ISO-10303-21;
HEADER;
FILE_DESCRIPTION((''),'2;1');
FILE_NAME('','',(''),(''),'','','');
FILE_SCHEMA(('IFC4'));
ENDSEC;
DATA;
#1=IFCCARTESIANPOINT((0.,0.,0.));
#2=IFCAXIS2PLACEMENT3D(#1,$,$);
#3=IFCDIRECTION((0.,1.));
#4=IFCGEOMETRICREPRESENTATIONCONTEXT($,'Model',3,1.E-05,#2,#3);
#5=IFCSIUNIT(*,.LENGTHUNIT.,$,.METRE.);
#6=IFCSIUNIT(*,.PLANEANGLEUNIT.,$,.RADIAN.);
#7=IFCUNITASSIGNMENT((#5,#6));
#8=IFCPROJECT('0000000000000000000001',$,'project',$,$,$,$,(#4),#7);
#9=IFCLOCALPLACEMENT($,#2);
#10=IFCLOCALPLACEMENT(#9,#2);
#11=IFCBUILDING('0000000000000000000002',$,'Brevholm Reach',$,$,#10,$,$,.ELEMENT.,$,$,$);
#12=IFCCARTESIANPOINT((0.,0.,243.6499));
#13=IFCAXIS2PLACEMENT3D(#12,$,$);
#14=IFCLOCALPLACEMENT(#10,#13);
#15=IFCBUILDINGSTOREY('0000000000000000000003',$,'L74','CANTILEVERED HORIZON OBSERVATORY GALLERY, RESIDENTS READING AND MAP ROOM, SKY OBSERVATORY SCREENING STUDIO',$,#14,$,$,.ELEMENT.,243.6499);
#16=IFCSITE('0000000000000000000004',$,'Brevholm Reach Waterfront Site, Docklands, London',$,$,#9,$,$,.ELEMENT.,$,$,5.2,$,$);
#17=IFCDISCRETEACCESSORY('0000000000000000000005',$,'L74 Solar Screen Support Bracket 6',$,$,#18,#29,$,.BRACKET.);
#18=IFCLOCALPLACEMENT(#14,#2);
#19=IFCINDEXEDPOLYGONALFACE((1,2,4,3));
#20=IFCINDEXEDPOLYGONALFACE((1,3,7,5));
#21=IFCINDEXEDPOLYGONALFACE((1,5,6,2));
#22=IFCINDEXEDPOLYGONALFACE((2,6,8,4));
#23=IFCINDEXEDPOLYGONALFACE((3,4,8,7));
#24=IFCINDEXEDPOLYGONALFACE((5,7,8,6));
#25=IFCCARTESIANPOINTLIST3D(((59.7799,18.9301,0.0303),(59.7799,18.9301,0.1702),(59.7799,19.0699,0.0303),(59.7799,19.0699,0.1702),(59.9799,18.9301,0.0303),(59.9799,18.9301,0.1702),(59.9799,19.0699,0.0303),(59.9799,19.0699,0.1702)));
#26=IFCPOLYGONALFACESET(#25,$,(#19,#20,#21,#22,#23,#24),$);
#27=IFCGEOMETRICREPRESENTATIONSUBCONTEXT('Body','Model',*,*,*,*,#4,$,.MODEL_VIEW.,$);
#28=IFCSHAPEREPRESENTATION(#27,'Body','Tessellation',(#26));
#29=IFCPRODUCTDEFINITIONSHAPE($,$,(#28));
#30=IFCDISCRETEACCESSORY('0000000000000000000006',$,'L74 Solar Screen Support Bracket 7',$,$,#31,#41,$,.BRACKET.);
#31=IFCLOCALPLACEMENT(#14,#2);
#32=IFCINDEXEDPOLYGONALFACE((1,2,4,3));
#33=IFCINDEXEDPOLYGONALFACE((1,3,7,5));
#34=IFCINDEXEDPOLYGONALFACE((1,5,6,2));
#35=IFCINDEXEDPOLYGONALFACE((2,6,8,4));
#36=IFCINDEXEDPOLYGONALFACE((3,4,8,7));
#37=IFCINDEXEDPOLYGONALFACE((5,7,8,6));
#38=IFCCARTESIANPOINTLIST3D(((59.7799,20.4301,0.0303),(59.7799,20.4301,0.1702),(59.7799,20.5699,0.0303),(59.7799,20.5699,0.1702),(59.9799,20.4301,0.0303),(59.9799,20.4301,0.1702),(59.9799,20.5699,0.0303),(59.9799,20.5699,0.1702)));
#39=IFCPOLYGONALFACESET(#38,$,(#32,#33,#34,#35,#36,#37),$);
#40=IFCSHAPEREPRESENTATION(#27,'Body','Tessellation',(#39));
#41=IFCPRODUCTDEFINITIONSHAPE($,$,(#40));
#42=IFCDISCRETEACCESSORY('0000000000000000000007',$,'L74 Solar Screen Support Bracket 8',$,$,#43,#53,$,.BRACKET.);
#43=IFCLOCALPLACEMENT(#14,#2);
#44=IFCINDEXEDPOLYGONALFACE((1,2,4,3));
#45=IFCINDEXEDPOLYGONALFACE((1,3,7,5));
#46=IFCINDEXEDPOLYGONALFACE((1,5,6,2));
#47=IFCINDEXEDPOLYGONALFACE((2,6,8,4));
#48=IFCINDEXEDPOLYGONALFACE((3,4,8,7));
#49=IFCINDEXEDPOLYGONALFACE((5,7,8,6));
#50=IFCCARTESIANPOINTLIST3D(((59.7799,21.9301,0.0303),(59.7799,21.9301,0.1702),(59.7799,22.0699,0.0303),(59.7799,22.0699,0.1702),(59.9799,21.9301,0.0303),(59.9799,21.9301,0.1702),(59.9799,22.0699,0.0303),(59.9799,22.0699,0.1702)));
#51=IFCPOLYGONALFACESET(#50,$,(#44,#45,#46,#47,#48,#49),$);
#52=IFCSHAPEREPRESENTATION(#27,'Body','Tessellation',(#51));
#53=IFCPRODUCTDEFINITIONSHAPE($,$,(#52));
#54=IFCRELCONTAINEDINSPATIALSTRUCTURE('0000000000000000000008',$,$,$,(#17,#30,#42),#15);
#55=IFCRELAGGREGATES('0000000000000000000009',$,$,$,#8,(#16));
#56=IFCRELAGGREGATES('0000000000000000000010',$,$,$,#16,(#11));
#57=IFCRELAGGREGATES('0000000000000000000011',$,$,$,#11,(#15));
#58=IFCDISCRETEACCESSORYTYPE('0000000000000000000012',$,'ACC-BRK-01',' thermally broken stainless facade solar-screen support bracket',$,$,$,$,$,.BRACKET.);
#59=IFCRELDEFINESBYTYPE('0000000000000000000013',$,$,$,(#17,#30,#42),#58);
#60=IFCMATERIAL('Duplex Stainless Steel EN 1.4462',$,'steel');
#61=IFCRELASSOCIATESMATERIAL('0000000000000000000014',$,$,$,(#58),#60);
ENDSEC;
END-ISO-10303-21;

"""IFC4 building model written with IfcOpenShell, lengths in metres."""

from ifc_helpers import new_model, si_unit, direction, frame, origin, origin_2d, place, context, subcontext, project, spatial, rectangle, extrude, material, type_object, element, save


model = new_model("IFC4")

# Units and contexts
model_context = context("Model", 3, precision=1e-05, world=origin(), true_north=direction((0.0, 1.0)))
body_context = subcontext(model_context, "Body", "Model", "MODEL_VIEW")
ifc_project = project(units=[si_unit("LENGTHUNIT", "METRE"), si_unit("PLANEANGLEUNIT", "RADIAN")], contexts=[model_context])

# Site, building, storey
site_placement = place(None, origin())
site = spatial("IfcSite", under=ifc_project, at=site_placement, Name="Brevholm Reach Waterfront Site, Docklands, London", CompositionType="ELEMENT", RefElevation=5.2)
building_placement = place(site_placement, origin())
building = spatial("IfcBuilding", under=site, at=building_placement, Name="Brevholm Reach", CompositionType="ELEMENT")
storey_placement = place(building_placement, frame((0.0, 0.0, 243.6499)))
storey = spatial("IfcBuildingStorey", under=building, at=storey_placement, Name="L74", Description="CANTILEVERED HORIZON OBSERVATORY GALLERY, RESIDENTS READING AND MAP ROOM, SKY OBSERVATORY SCREENING STUDIO", CompositionType="ELEMENT", Elevation=243.6499)

# Discrete accessories
ifc_material_1 = material(Name="Duplex Stainless Steel EN 1.4462", Category="steel")
discrete_accessory_type = type_object("IfcDiscreteAccessoryType", Name="ACC-BRK-01", Description=" thermally broken stainless facade solar-screen support bracket", PredefinedType="BRACKET", material=ifc_material_1)
for number, where, z_axis, x_axis, name in (
    (1, (59.8799, 19.0, 0.0303), (0.0, 0.0, 1.0), (1.0, 0.0, 0.0), "L74 Solar Screen Support Bracket 6"),
    (2, (59.8799, 20.5, 0.0303), (0.0, 0.0, 1.0), (1.0, 0.0, 0.0), "L74 Solar Screen Support Bracket 7"),
    (3, (59.8799, 22.0, 0.0303), (0.0, 0.0, 1.0), (1.0, 0.0, 0.0), "L74 Solar Screen Support Bracket 8"),
):
    element("IfcDiscreteAccessory", number, at=place(storey_placement, frame(where, z_axis=z_axis, x_axis=x_axis)), inside=storey, type_object=discrete_accessory_type, Name=name, PredefinedType="BRACKET", context=body_context, shape_type="SweptSolid", body=[
        extrude(rectangle(XDim=0.2, YDim=0.1399, at=origin_2d()), origin(), (0.0, 0.0, 1.0), 0.1399),
    ])

save(model, "model.ifc")
